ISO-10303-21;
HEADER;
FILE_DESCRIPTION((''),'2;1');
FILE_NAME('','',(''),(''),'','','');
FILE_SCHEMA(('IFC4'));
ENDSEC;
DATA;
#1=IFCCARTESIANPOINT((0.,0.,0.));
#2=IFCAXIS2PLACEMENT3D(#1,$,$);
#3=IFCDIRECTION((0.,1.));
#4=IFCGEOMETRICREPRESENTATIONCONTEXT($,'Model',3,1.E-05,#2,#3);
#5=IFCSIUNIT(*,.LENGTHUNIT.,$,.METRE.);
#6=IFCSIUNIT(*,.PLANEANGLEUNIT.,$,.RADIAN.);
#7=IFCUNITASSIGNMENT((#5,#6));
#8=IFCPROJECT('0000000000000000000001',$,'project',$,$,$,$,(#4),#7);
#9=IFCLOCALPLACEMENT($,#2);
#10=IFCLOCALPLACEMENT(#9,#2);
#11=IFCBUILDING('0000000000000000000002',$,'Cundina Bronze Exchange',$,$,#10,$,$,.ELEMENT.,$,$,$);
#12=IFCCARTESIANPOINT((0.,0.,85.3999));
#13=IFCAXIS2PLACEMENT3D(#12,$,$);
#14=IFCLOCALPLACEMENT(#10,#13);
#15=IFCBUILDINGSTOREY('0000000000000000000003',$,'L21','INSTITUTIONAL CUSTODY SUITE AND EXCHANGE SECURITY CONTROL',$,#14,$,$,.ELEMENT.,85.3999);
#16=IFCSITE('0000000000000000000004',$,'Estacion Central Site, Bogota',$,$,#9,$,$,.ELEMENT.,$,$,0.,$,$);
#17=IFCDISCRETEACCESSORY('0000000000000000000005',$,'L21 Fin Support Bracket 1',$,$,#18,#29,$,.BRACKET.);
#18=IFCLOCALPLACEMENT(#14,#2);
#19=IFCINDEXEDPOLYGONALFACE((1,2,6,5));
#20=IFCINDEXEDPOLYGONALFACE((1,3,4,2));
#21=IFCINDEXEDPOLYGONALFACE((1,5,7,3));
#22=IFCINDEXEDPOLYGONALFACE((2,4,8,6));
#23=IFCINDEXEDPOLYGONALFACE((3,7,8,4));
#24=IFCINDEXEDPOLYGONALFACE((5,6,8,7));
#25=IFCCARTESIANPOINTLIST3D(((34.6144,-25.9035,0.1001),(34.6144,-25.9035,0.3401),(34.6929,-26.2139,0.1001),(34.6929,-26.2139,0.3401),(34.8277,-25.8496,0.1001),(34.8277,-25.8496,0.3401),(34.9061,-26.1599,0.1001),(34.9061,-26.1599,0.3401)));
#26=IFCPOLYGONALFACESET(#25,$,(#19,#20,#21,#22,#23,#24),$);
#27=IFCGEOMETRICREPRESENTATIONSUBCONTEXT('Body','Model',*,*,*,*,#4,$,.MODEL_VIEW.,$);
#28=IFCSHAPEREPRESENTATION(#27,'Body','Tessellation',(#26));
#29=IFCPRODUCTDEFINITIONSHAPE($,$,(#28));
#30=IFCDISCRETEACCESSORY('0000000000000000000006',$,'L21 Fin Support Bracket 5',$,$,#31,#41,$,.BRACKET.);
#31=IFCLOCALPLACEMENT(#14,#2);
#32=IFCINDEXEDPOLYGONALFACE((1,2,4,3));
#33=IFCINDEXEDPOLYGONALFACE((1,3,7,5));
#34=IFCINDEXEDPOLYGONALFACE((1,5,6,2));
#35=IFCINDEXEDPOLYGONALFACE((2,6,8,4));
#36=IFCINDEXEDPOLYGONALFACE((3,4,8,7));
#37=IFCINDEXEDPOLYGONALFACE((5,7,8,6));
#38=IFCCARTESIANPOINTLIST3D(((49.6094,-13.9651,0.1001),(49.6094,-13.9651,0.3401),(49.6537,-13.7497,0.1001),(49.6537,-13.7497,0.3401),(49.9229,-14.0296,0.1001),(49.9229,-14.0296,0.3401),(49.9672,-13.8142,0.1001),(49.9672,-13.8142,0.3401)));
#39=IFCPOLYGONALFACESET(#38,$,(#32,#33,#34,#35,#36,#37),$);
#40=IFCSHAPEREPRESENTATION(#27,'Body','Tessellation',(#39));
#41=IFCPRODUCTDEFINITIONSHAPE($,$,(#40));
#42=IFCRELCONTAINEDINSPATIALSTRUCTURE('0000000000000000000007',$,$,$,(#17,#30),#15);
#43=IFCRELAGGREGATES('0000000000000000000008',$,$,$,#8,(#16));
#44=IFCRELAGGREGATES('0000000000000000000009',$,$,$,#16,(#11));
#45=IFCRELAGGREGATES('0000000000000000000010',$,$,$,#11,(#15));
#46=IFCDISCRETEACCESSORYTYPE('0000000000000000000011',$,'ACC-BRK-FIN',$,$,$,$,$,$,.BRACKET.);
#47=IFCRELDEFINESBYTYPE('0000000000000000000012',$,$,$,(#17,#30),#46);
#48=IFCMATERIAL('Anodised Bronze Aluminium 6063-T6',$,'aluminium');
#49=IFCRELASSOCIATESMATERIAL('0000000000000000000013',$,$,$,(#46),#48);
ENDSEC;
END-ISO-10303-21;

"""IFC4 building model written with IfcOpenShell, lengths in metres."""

from ifc_helpers import new_model, si_unit, direction, frame, origin, origin_2d, place, context, subcontext, project, spatial, rectangle, extrude, material, type_object, element, save


model = new_model("IFC4")

# Units and contexts
model_context = context("Model", 3, precision=1e-05, world=origin(), true_north=direction((0.0, 1.0)))
body_context = subcontext(model_context, "Body", "Model", "MODEL_VIEW")
ifc_project = project(units=[si_unit("LENGTHUNIT", "METRE"), si_unit("PLANEANGLEUNIT", "RADIAN")], contexts=[model_context])

# Site, building, storey
site_placement = place(None, origin())
site = spatial("IfcSite", under=ifc_project, at=site_placement, Name="Estacion Central Site, Bogota", CompositionType="ELEMENT", RefElevation=0.0)
building_placement = place(site_placement, origin())
building = spatial("IfcBuilding", under=site, at=building_placement, Name="Cundina Bronze Exchange", CompositionType="ELEMENT")
storey_placement = place(building_placement, frame((0.0, 0.0, 85.3999)))
storey = spatial("IfcBuildingStorey", under=building, at=storey_placement, Name="L21", Description="INSTITUTIONAL CUSTODY SUITE AND EXCHANGE SECURITY CONTROL", CompositionType="ELEMENT", Elevation=85.3999)

# Shared definitions
ifc_material_1 = material(Name="Anodised Bronze Aluminium 6063-T6", Category="aluminium")

# Discrete accessories
discrete_accessory_type = type_object("IfcDiscreteAccessoryType", Name="ACC-BRK-FIN", PredefinedType="BRACKET", material=ifc_material_1)
for number, where, z_axis, x_axis, name in (
    (1, (34.7603, -26.0317, 0.1001), (0.0, 0.0, 1.0), (0.969488, 0.245138, 0.0), "L21 Fin Support Bracket 1"),
    (2, (49.7883, -13.8896, 0.1001), (0.0, 0.0, 1.0), (0.20142, 0.979505, 0.0), "L21 Fin Support Bracket 5"),
):
    element("IfcDiscreteAccessory", number, at=place(storey_placement, frame(where, z_axis=z_axis, x_axis=x_axis)), inside=storey, type_object=discrete_accessory_type, Name=name, PredefinedType="BRACKET", context=body_context, shape_type="SweptSolid", body=[
        extrude(rectangle(XDim=0.22, YDim=0.3201, at=origin_2d()), origin(), (0.0, 0.0, 1.0), 0.24),
    ])

save(model, "model.ifc")
